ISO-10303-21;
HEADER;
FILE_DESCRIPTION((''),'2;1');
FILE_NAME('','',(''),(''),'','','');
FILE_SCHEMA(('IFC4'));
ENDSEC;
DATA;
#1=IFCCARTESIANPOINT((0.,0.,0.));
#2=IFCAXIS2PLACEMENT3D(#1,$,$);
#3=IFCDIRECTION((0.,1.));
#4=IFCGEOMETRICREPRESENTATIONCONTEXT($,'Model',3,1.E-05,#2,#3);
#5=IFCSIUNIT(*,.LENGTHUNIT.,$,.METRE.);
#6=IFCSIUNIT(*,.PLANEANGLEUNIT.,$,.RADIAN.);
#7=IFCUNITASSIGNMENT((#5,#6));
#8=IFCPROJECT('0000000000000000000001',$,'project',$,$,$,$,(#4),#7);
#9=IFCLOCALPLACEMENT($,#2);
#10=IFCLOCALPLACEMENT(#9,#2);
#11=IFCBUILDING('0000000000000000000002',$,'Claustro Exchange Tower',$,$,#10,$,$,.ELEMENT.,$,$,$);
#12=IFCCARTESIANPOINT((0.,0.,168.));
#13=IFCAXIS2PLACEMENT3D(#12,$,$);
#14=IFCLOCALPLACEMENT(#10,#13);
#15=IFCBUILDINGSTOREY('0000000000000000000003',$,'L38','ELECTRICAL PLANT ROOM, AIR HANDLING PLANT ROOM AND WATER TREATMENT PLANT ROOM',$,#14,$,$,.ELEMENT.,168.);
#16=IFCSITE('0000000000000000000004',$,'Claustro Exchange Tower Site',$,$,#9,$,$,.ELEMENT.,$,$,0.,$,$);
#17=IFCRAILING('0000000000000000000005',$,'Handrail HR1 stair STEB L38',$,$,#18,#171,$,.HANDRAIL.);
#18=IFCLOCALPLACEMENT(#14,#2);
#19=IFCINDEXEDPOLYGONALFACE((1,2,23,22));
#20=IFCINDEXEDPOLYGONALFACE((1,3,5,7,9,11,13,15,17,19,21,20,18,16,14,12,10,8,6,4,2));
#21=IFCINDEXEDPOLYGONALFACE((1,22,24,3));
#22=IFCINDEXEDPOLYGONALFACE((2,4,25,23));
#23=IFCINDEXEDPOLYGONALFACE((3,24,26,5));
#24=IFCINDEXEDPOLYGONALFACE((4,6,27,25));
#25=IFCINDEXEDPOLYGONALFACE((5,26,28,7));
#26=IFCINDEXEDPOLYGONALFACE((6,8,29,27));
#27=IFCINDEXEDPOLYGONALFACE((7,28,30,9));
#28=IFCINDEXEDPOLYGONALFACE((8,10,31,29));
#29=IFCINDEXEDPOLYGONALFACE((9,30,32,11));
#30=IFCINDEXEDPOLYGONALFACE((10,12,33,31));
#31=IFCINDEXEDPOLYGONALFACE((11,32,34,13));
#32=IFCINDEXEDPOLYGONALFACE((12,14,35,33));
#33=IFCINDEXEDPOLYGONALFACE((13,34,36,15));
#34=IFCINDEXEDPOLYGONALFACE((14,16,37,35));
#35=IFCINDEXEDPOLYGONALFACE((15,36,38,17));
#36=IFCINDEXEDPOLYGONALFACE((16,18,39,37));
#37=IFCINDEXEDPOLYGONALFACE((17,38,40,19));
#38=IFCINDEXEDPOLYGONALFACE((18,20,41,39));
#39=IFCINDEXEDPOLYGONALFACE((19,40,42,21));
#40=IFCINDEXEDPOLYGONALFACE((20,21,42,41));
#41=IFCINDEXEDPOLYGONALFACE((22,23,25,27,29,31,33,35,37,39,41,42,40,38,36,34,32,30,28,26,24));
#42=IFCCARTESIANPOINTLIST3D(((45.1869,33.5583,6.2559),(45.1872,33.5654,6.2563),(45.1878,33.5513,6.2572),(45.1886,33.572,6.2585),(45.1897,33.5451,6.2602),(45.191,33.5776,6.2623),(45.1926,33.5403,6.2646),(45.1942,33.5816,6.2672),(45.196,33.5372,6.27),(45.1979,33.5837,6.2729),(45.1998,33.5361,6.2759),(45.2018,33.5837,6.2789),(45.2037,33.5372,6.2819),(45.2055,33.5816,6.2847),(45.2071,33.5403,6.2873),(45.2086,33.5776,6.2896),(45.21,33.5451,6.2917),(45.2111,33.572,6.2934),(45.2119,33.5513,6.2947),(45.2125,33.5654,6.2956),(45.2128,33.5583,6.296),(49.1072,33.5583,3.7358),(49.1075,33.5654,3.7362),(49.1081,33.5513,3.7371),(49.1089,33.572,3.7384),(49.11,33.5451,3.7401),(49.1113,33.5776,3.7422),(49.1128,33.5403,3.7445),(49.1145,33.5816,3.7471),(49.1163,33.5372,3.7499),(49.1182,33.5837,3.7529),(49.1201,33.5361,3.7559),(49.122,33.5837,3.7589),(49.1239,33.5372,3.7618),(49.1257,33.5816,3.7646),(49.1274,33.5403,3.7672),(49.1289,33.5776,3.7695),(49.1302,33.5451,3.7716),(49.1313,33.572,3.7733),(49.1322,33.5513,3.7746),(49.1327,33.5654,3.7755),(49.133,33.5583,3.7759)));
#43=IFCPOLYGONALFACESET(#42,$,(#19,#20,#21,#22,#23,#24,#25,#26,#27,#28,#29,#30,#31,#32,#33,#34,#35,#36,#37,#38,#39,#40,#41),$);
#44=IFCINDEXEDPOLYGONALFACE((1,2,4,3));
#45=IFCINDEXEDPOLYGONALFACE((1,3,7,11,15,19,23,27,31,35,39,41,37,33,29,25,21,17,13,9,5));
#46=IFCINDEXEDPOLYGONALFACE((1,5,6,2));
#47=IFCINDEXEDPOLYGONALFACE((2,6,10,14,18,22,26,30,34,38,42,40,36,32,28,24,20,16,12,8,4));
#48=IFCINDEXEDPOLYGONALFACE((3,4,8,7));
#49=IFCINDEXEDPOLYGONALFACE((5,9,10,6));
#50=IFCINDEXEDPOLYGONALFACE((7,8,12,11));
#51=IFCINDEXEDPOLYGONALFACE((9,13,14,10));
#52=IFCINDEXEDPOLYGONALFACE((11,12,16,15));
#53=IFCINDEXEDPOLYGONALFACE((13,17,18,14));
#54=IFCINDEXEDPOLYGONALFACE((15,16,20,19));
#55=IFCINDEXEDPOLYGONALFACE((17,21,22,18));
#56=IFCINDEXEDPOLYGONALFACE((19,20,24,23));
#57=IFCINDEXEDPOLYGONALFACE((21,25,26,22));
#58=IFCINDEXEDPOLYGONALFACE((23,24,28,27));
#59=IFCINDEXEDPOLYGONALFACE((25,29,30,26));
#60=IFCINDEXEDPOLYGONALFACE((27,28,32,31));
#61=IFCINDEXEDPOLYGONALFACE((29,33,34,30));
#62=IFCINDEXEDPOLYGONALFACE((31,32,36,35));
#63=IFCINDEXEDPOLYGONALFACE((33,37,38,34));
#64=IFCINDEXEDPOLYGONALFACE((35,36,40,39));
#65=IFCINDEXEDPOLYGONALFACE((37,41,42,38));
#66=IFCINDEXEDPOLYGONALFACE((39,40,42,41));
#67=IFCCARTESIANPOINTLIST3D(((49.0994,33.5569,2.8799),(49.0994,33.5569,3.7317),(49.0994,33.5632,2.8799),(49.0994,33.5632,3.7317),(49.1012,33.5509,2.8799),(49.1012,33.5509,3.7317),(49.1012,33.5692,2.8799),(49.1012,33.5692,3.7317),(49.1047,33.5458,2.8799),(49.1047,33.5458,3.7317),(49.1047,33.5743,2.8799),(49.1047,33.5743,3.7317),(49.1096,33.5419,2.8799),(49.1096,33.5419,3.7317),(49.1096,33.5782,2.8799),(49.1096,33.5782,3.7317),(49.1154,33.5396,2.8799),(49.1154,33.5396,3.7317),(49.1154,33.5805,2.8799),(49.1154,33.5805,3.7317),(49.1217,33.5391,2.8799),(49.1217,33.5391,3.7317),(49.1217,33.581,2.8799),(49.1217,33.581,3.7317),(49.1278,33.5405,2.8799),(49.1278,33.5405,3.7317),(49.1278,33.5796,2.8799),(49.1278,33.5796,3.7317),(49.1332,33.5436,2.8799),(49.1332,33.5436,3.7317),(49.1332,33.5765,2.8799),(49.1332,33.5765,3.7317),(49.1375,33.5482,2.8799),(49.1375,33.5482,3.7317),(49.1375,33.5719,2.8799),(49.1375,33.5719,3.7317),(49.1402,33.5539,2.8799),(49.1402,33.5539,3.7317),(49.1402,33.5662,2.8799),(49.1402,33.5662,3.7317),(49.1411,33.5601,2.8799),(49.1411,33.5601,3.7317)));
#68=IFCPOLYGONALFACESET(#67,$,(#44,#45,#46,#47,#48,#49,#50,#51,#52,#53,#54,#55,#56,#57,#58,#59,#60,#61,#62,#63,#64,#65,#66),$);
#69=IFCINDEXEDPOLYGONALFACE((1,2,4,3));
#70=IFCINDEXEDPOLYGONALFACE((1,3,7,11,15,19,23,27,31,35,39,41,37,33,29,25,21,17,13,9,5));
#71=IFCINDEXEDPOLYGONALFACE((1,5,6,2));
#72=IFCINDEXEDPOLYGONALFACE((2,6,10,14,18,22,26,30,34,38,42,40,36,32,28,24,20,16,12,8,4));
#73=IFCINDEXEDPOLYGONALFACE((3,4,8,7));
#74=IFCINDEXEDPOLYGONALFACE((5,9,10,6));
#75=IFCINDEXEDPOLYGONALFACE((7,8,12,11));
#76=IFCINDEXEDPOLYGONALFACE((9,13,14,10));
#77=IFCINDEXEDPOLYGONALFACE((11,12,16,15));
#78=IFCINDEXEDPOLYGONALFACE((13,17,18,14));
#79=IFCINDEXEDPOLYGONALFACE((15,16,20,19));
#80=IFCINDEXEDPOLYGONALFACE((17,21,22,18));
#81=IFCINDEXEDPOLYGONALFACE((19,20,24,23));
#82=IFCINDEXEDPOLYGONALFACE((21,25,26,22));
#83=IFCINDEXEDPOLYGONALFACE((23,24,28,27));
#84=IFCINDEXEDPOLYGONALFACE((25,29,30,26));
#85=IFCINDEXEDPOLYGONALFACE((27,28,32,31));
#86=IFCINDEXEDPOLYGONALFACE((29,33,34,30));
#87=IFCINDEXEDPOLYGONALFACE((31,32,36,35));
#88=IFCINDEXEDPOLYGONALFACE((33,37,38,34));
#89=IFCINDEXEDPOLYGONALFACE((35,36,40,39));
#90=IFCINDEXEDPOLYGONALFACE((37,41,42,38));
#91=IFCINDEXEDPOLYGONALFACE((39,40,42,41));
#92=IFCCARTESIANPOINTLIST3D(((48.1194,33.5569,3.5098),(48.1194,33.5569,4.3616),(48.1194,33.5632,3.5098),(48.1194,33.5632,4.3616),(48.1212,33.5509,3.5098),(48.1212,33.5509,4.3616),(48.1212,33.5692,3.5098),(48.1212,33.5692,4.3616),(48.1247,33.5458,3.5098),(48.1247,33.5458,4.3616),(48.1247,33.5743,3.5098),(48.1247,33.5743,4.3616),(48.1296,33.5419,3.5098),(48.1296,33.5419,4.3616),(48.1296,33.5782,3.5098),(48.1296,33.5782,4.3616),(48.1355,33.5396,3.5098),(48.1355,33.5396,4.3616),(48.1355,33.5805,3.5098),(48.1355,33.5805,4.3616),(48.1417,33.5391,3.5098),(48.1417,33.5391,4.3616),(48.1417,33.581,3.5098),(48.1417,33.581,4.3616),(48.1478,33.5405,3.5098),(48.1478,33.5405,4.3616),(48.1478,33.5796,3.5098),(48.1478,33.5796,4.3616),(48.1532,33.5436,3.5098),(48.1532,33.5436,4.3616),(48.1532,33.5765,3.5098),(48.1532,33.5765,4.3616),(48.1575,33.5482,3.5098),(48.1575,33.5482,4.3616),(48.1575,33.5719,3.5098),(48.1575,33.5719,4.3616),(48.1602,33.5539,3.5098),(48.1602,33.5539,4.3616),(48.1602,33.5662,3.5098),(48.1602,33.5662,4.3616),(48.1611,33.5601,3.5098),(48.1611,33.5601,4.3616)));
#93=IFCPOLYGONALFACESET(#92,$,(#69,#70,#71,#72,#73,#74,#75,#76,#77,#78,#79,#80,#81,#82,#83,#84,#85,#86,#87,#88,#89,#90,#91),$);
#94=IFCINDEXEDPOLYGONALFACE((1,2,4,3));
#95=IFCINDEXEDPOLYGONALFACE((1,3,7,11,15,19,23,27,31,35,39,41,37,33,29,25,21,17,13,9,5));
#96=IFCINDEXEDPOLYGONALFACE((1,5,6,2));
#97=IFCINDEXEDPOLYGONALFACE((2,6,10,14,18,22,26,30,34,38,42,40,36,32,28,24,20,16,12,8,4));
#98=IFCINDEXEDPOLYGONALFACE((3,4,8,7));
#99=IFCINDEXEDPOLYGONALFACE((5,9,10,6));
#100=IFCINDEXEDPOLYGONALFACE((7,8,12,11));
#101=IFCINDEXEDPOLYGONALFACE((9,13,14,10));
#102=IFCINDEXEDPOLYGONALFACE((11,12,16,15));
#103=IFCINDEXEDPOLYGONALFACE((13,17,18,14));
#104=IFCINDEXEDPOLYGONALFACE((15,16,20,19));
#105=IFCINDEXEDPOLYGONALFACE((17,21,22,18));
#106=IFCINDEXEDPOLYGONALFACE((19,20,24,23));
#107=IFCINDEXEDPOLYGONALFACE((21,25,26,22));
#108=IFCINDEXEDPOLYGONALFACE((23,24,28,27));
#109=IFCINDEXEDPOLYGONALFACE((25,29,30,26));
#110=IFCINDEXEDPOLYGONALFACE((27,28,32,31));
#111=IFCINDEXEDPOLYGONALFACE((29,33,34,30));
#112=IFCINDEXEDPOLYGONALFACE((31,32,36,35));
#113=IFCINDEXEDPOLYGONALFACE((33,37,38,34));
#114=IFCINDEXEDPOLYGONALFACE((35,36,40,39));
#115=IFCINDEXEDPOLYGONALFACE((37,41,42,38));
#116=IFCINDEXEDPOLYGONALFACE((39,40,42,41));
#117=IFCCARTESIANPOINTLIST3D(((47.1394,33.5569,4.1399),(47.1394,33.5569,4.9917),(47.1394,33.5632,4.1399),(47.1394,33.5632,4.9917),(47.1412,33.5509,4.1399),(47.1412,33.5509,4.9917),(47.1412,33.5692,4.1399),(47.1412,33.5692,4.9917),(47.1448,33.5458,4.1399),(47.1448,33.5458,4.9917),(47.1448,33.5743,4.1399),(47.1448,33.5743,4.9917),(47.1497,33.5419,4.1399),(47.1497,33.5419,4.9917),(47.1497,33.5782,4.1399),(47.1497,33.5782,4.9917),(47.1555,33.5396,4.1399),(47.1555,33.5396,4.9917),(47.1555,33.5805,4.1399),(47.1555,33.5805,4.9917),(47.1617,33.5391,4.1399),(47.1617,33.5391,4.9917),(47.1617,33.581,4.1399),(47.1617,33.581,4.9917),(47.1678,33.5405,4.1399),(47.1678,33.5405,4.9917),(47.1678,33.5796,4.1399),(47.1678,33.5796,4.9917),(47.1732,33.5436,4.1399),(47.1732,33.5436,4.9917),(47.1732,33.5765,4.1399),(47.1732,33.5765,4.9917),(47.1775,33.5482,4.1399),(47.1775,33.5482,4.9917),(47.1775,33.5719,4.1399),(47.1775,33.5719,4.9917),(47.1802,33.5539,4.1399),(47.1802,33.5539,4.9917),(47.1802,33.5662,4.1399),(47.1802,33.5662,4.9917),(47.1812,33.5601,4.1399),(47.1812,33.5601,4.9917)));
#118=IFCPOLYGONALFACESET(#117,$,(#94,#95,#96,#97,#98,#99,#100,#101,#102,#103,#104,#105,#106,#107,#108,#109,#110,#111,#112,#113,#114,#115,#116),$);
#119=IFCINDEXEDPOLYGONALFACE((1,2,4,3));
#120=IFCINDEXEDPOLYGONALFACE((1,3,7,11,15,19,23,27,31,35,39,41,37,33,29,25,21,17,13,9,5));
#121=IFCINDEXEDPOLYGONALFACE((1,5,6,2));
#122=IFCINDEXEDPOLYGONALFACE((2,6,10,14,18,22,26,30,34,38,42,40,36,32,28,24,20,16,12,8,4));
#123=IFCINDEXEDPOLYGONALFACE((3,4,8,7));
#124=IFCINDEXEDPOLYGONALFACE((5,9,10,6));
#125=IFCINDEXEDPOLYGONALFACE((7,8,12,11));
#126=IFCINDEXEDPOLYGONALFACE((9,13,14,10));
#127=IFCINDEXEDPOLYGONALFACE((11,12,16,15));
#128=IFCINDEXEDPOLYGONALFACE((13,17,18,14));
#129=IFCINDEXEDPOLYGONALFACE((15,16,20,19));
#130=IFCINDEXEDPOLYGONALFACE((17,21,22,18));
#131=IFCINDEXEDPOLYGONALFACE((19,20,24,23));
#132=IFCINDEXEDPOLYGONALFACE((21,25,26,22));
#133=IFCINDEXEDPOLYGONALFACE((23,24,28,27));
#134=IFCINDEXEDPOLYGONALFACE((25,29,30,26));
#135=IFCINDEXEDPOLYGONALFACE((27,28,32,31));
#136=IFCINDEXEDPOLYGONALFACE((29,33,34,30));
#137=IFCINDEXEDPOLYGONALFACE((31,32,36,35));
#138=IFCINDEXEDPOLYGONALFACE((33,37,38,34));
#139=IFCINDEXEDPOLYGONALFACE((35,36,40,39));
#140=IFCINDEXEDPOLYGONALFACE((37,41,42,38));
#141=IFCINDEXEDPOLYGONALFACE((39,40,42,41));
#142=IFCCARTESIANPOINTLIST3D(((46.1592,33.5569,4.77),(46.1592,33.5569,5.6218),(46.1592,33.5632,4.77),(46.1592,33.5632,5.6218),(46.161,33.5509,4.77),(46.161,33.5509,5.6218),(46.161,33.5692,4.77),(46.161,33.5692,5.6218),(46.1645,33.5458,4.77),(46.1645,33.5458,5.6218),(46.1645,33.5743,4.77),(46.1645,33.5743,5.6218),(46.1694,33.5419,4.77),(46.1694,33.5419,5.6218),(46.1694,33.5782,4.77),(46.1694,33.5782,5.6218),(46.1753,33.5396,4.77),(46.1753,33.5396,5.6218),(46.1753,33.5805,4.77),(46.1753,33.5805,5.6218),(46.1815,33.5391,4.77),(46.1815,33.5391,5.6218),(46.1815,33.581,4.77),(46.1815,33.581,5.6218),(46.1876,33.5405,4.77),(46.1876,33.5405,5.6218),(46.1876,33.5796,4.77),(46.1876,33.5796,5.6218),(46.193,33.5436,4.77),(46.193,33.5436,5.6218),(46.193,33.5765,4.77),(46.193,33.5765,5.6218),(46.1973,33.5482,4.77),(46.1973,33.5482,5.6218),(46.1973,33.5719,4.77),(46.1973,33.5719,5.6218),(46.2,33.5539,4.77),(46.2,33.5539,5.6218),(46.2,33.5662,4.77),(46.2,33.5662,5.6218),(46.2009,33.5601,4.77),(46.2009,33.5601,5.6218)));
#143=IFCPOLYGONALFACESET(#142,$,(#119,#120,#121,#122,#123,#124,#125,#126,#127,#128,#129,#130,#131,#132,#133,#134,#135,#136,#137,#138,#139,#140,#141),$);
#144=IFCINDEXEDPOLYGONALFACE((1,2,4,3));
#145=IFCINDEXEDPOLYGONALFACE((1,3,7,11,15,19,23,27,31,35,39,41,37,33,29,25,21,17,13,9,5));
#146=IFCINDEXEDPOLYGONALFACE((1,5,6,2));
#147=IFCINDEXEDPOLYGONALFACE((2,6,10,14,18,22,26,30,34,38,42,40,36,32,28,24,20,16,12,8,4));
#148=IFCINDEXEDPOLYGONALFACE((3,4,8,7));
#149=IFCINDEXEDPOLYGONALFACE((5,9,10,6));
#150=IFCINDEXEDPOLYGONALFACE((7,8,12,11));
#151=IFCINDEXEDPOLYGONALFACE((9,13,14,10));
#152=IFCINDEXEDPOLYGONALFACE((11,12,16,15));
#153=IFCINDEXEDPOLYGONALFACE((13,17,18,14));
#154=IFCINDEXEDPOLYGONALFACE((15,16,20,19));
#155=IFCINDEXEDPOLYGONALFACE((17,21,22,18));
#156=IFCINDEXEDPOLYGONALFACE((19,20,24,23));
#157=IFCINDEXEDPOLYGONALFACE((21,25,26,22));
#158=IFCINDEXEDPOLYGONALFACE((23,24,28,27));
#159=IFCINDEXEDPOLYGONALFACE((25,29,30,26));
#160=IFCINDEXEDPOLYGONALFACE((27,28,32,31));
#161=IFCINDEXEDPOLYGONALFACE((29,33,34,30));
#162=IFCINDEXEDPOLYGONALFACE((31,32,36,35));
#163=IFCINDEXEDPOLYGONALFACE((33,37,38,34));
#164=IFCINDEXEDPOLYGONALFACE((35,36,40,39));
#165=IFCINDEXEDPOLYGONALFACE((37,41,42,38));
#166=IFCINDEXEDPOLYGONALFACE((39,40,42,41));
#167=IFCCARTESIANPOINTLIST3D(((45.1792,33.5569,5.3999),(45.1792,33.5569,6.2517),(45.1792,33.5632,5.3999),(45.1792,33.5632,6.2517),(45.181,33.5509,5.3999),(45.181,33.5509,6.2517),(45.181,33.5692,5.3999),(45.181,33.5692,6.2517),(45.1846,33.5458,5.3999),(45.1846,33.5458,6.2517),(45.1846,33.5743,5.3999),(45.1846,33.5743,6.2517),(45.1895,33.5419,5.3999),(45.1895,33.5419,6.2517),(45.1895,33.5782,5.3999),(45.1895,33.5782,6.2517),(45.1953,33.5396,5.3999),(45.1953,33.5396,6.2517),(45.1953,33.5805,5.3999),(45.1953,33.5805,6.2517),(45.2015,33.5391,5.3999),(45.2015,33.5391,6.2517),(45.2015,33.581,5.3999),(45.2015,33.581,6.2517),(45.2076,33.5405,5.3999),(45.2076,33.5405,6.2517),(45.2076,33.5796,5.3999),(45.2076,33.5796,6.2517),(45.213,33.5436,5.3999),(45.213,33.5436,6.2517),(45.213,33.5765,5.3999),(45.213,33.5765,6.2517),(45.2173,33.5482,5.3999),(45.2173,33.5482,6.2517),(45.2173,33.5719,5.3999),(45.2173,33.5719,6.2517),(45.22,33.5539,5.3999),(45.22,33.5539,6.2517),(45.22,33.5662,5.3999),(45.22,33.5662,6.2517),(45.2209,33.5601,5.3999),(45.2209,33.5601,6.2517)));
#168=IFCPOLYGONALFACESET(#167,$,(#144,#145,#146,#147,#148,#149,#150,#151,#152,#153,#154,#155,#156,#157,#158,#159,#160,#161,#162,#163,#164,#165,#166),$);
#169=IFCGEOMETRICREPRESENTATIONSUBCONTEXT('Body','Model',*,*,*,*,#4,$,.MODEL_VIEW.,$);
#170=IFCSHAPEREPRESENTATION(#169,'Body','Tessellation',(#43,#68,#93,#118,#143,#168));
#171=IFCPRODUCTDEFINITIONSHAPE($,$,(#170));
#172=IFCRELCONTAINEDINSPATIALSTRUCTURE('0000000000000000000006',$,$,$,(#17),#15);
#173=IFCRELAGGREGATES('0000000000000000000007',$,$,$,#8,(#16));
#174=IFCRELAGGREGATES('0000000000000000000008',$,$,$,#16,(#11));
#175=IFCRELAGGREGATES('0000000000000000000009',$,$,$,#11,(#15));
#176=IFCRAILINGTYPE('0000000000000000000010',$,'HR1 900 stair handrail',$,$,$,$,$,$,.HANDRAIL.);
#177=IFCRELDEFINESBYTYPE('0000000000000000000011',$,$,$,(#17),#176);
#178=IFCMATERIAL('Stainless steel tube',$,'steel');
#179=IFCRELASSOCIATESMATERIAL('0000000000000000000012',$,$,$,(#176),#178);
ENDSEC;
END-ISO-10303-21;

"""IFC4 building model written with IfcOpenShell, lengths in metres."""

from ifc_helpers import new_model, si_unit, direction, frame, origin, origin_2d, place, context, subcontext, project, spatial, circle, extrude, material, type_object, element, save


model = new_model("IFC4")

# Units and contexts
model_context = context("Model", 3, precision=1e-05, world=origin(), true_north=direction((0.0, 1.0)))
body_context = subcontext(model_context, "Body", "Model", "MODEL_VIEW")
ifc_project = project(units=[si_unit("LENGTHUNIT", "METRE"), si_unit("PLANEANGLEUNIT", "RADIAN")], contexts=[model_context])

# Site, building, storey
site_placement = place(None, origin())
site = spatial("IfcSite", under=ifc_project, at=site_placement, Name="Claustro Exchange Tower Site", CompositionType="ELEMENT", RefElevation=0.0)
building_placement = place(site_placement, origin())
building = spatial("IfcBuilding", under=site, at=building_placement, Name="Claustro Exchange Tower", CompositionType="ELEMENT")
storey_placement = place(building_placement, frame((0.0, 0.0, 168.0)))
storey = spatial("IfcBuildingStorey", under=building, at=storey_placement, Name="L38", Description="ELECTRICAL PLANT ROOM, AIR HANDLING PLANT ROOM AND WATER TREATMENT PLANT ROOM", CompositionType="ELEMENT", Elevation=168.0)

# Railing
ifc_material_1 = material(Name="Stainless steel tube", Category="steel")
railing_type_1 = type_object("IfcRailingType", Name="HR1 900 stair handrail", PredefinedType="HANDRAIL", material=ifc_material_1)
railing_1_placement = place(storey_placement, frame((49.1201, 33.5601, 2.8799)))
element("IfcRailing", 1, at=railing_1_placement, inside=storey, type_object=railing_type_1, Name="Handrail HR1 stair STEB L38", PredefinedType="HANDRAIL", context=body_context, shape_type="SweptSolid", body=[
    extrude(circle(Radius=0.0239, at=origin_2d()), frame((0.0, 0.0, 0.876), z_axis=(-0.841187, 0.0, 0.540744), x_axis=(0.0, -1.0, 0.0)), (0.0, 0.0, 1.0), 4.6604),
    extrude(circle(Radius=0.021, at=origin_2d()), origin(), (0.0, 0.0, 1.0), 0.8518),
    extrude(circle(Radius=0.021, at=origin_2d()), frame((-0.98, 0.0, 0.6299)), (0.0, 0.0, 1.0), 0.8518),
    extrude(circle(Radius=0.021, at=origin_2d()), frame((-1.96, 0.0, 1.26)), (0.0, 0.0, 1.0), 0.8518),
    extrude(circle(Radius=0.021, at=origin_2d()), frame((-2.9402, 0.0, 1.8901)), (0.0, 0.0, 1.0), 0.8518),
    extrude(circle(Radius=0.021, at=origin_2d()), frame((-3.9202, 0.0, 2.52)), (0.0, 0.0, 1.0), 0.8518),
])

save(model, "model.ifc")
